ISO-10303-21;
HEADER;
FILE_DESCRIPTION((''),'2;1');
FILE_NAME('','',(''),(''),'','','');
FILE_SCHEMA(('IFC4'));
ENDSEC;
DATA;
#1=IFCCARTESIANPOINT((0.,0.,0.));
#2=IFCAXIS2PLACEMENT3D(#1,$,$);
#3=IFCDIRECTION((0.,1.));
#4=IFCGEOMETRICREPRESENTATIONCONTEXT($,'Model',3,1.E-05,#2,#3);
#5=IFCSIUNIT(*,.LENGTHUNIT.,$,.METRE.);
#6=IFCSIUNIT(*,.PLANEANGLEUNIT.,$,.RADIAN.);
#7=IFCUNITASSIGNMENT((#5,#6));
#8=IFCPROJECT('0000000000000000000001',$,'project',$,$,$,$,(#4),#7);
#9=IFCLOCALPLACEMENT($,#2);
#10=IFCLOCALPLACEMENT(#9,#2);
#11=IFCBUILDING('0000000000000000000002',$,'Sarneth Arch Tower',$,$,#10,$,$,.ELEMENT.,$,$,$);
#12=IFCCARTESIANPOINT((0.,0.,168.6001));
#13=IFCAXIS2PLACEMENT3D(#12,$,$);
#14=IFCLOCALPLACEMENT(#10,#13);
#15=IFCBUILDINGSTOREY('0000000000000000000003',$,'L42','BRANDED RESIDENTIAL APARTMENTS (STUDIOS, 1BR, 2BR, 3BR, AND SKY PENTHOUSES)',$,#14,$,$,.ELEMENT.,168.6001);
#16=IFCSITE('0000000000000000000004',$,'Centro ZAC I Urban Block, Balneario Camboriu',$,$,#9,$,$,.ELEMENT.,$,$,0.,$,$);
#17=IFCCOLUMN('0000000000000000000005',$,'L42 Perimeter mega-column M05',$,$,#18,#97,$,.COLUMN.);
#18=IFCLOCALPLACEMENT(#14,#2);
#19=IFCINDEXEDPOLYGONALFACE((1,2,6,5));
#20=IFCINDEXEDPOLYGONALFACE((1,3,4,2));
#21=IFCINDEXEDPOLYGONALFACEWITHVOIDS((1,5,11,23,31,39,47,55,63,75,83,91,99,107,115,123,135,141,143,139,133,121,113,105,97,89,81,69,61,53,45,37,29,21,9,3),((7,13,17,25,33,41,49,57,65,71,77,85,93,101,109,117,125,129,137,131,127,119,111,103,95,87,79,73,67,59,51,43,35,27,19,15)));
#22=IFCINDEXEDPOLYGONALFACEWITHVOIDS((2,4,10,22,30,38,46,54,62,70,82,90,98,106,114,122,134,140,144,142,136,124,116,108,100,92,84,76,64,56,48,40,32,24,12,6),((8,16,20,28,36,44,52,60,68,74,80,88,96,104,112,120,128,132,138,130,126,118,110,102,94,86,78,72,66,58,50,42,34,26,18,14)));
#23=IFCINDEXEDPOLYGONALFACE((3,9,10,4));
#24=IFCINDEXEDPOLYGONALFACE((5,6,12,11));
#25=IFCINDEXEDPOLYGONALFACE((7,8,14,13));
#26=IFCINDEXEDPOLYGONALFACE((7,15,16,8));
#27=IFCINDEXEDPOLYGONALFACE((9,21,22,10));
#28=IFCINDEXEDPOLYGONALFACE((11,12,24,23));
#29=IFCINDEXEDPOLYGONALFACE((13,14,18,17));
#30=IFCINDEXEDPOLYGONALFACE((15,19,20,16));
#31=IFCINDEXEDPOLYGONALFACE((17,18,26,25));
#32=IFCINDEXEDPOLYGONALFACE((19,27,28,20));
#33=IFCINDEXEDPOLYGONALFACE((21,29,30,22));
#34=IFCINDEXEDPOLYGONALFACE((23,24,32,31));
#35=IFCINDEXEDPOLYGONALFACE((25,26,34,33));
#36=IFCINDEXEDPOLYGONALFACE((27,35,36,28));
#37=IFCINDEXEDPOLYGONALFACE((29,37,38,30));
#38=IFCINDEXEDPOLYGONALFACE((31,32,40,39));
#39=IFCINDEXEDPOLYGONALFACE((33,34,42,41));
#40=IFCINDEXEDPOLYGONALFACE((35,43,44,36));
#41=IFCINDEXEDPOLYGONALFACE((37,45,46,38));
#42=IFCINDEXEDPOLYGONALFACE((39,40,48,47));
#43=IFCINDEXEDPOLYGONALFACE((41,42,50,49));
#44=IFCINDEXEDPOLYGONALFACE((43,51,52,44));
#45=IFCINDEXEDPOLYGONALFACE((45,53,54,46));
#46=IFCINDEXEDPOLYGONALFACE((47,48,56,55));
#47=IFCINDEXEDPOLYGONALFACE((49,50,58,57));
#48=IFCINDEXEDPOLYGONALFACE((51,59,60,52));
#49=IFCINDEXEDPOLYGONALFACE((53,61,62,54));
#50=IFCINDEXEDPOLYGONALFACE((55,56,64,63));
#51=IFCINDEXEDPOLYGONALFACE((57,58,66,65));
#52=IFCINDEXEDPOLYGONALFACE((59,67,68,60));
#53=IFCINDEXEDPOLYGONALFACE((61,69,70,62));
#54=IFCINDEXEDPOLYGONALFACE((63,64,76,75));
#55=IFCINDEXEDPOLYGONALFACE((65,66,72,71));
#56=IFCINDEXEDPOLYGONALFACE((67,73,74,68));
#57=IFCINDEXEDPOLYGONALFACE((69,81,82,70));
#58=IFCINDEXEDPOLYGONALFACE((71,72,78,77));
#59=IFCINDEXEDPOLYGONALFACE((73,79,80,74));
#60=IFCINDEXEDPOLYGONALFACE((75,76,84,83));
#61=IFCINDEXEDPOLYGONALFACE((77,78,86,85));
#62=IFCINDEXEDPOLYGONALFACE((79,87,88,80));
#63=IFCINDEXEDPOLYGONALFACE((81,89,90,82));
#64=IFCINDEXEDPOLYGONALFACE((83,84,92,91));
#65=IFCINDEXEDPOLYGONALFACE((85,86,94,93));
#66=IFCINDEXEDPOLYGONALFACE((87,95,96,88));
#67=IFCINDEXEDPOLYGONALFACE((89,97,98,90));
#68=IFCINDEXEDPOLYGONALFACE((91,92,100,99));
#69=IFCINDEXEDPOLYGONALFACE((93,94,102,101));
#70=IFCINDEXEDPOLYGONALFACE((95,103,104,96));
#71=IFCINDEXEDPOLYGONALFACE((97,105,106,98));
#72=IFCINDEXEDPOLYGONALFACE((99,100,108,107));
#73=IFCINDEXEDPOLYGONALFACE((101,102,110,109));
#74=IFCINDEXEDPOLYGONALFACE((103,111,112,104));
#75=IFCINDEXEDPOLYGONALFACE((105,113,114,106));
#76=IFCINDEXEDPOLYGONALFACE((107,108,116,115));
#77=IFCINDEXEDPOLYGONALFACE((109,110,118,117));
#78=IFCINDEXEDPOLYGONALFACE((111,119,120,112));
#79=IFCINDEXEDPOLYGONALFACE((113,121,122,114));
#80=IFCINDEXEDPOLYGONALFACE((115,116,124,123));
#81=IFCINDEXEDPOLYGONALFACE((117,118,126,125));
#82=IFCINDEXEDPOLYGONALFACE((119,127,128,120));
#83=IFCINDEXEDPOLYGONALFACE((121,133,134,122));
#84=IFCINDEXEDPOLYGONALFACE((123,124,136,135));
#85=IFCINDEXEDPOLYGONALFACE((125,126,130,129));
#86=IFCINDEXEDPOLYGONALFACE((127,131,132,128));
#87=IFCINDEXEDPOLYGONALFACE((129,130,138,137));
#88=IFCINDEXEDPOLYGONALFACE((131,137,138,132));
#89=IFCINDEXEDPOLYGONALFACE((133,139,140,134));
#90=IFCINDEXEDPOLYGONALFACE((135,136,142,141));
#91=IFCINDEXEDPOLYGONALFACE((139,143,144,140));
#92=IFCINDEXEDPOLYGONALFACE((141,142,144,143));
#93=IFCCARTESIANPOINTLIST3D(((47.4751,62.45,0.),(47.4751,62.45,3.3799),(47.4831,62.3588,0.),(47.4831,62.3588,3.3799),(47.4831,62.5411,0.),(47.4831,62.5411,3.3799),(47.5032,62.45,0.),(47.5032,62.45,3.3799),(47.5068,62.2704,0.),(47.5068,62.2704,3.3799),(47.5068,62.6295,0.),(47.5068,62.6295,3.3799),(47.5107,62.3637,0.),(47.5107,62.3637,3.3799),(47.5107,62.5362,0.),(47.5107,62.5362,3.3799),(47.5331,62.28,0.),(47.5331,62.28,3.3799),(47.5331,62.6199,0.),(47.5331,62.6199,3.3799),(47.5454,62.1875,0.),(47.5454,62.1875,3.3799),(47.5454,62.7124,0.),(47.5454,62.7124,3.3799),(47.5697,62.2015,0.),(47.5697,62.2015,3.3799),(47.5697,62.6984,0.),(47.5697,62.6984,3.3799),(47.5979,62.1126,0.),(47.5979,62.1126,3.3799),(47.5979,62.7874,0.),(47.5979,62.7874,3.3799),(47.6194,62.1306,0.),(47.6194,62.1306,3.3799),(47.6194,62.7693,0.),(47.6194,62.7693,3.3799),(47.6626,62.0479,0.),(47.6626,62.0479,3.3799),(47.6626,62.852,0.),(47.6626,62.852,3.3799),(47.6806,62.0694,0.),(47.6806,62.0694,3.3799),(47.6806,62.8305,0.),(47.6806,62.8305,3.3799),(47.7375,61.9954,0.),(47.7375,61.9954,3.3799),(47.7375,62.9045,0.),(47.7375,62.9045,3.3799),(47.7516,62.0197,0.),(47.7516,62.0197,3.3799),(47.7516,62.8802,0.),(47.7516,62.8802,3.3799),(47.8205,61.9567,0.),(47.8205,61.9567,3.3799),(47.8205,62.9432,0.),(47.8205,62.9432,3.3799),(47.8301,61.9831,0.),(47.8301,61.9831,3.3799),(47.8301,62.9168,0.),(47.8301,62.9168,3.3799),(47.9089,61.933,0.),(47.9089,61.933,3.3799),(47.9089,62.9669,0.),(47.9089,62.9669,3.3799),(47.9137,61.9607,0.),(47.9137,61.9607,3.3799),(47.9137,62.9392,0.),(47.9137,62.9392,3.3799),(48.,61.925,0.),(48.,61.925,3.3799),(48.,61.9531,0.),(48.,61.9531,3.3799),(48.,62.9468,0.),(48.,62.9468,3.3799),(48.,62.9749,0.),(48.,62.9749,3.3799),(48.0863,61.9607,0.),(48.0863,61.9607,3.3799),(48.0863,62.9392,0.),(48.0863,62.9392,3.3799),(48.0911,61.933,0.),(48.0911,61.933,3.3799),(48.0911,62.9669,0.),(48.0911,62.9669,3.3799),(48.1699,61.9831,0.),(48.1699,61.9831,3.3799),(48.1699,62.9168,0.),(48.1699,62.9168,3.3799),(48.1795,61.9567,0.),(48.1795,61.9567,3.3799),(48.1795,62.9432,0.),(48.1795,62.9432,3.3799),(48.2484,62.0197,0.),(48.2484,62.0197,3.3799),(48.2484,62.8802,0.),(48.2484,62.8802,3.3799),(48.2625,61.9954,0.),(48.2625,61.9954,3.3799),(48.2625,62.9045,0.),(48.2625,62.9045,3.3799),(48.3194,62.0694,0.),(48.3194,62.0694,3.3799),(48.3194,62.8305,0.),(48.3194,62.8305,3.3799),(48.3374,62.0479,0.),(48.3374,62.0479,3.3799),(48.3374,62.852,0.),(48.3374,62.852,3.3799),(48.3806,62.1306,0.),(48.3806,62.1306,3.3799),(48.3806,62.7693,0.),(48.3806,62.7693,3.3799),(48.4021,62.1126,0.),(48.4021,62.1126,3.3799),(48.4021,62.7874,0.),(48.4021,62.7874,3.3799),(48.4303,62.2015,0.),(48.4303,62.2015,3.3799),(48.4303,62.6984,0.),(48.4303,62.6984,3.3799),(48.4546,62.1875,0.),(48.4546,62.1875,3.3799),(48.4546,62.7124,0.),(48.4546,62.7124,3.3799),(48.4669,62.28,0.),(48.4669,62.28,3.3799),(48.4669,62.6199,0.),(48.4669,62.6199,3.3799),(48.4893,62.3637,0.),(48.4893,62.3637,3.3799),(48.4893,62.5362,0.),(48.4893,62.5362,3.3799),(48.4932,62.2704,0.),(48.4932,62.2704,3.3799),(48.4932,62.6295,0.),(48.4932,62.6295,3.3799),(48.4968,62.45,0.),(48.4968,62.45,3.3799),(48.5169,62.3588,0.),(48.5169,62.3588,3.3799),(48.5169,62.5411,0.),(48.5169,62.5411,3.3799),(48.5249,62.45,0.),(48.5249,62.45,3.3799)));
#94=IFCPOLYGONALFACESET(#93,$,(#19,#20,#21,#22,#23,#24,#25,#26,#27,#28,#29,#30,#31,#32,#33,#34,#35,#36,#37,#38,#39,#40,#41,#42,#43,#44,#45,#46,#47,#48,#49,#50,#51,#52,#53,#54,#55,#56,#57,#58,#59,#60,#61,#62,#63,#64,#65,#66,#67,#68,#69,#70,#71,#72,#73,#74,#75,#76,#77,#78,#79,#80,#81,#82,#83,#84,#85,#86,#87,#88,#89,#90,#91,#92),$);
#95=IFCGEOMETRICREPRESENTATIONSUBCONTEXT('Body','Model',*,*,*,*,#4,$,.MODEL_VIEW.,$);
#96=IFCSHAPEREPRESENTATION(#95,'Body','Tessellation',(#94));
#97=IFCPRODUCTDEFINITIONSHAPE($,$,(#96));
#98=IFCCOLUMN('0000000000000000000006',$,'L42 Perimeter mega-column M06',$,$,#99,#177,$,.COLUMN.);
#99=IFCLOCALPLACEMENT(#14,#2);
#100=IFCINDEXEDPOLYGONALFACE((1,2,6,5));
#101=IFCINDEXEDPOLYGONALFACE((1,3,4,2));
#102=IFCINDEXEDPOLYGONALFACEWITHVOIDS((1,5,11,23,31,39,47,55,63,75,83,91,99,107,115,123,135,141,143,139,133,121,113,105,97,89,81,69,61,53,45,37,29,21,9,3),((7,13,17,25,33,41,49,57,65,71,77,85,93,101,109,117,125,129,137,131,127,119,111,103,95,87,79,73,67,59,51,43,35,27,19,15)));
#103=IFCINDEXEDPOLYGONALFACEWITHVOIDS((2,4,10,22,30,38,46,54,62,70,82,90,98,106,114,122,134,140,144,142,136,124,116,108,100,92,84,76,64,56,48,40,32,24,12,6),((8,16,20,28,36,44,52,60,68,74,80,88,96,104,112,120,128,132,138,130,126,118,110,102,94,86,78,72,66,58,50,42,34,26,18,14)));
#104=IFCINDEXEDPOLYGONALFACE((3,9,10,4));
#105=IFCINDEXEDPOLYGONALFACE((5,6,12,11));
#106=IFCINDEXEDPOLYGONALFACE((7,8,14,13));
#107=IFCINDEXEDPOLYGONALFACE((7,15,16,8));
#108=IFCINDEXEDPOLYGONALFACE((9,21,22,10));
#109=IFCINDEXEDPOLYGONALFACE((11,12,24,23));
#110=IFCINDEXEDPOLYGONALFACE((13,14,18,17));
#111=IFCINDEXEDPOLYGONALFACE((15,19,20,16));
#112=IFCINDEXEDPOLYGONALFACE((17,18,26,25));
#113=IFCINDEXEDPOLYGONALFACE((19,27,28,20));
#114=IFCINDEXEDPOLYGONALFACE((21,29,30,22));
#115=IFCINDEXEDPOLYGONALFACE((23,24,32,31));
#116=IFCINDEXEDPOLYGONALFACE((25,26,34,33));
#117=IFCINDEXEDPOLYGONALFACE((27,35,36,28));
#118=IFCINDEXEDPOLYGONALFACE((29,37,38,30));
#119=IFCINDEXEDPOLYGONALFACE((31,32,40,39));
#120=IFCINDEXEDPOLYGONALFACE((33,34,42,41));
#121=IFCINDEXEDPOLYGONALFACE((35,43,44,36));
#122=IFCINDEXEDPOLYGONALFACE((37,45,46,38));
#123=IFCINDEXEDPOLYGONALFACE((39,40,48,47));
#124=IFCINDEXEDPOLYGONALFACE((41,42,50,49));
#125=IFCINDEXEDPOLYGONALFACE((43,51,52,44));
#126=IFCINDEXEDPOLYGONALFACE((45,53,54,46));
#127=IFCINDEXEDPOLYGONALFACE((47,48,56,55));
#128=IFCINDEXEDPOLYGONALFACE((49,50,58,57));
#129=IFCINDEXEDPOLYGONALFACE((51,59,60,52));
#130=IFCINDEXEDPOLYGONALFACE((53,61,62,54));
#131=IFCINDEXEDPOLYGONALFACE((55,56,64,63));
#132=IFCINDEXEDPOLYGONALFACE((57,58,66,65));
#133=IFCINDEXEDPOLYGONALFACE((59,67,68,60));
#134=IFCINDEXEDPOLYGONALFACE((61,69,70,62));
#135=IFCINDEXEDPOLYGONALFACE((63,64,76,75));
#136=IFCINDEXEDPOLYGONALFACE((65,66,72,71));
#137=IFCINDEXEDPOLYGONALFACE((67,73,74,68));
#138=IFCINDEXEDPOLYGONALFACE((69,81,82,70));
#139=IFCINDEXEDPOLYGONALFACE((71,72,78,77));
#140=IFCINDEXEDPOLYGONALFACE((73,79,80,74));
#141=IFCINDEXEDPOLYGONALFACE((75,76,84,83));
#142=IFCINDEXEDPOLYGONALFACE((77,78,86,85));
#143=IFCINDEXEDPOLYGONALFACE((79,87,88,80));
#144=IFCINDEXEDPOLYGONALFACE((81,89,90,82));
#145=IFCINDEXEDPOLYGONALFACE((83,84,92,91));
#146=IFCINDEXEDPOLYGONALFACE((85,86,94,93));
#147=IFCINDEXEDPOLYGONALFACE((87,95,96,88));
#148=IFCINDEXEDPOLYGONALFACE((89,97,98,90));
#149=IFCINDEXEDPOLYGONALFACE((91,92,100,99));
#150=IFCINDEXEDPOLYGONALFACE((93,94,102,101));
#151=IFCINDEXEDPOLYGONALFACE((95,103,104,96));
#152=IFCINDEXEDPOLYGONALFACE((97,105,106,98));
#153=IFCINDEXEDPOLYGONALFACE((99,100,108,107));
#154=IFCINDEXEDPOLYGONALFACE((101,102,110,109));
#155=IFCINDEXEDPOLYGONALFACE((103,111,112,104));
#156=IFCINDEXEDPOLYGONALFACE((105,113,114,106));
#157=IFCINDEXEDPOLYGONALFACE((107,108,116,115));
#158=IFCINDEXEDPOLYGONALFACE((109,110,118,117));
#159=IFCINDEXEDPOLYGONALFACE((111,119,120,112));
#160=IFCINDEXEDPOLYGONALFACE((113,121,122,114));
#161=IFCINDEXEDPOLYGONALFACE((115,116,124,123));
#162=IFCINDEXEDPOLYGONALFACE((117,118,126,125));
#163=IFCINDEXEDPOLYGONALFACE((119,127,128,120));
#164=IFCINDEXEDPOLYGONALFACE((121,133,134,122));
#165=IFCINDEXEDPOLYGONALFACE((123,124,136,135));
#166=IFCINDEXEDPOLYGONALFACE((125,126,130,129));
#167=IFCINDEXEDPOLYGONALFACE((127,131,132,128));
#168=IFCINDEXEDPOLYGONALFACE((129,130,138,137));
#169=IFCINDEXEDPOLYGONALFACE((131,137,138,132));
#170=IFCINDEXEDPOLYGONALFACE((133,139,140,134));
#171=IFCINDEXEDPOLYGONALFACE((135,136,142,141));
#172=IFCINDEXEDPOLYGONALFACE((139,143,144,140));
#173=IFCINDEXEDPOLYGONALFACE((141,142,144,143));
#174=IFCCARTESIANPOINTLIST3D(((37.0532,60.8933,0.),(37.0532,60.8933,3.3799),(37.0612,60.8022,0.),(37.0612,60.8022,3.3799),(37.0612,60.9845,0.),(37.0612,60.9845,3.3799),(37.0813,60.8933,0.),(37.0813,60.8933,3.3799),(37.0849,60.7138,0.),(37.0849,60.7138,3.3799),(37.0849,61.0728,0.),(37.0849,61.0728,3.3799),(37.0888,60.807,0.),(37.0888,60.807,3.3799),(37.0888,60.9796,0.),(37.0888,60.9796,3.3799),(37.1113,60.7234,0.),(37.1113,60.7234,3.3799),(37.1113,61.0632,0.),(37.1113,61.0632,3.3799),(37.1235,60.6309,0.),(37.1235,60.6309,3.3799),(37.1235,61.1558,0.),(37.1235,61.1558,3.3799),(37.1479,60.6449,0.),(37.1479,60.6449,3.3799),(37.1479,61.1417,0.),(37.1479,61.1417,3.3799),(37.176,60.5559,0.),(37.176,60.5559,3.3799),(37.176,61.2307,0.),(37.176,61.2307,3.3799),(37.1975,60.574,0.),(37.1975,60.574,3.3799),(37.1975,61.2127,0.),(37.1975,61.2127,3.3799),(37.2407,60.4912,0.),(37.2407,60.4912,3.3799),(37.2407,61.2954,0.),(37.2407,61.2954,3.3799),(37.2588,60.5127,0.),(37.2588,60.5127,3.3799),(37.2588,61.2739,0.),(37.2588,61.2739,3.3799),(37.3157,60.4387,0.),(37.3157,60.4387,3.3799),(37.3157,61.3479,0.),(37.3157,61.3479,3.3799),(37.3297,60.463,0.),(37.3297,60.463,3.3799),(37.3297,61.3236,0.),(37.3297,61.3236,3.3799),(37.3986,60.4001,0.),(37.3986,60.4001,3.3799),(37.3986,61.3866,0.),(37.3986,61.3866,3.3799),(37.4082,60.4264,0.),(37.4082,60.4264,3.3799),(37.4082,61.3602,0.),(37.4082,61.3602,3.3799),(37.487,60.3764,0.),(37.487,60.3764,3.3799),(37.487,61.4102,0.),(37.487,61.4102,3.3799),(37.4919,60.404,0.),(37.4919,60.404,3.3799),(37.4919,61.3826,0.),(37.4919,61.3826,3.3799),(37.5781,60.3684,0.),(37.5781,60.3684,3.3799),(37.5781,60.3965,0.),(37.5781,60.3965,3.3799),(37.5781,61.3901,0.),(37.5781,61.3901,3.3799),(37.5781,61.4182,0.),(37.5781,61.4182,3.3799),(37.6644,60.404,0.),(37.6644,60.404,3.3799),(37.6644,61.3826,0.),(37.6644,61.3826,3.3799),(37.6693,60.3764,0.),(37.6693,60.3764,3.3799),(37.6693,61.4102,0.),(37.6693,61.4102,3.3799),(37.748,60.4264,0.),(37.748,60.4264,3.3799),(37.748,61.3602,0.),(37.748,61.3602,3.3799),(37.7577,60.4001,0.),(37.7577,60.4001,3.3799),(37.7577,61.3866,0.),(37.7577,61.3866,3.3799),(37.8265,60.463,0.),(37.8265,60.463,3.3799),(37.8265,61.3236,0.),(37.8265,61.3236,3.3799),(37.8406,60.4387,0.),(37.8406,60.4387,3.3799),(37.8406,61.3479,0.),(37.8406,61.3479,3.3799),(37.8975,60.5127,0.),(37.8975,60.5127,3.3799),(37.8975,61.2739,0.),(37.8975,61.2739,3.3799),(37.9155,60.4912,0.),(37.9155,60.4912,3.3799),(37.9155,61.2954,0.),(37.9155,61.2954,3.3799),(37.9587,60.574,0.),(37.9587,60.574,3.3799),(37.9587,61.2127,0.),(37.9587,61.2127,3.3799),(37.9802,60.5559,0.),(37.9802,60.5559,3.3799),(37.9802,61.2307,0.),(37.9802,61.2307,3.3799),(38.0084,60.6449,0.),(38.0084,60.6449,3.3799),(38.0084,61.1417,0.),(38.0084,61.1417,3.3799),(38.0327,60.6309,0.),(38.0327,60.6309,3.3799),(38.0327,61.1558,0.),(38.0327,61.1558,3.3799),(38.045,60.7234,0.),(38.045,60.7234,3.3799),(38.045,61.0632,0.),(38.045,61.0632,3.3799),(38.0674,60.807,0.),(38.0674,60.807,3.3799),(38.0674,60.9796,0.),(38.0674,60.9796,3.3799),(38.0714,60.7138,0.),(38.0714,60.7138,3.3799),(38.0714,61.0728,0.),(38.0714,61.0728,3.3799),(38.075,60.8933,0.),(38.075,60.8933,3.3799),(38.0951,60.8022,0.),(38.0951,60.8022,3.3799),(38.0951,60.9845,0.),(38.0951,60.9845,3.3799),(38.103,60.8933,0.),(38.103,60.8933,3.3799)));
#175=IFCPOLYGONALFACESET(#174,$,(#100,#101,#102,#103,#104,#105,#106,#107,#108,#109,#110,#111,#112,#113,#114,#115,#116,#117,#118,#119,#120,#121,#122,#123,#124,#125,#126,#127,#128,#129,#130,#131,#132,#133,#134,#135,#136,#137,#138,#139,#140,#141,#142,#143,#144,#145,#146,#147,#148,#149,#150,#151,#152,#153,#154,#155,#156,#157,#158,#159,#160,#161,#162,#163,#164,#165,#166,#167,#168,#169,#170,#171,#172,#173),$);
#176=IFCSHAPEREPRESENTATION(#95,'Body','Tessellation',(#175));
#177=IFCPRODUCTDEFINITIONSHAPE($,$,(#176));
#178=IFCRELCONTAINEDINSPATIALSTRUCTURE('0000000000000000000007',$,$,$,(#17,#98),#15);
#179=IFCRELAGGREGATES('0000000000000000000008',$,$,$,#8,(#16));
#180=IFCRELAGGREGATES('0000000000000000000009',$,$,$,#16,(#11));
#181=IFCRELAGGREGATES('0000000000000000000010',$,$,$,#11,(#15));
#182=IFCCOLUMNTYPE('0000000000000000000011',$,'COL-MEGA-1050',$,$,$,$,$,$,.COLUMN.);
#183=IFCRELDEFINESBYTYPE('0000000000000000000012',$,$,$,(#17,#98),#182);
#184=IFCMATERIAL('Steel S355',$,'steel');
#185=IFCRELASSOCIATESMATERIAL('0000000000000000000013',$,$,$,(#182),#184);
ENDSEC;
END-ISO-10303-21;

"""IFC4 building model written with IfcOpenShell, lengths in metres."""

from ifc_helpers import new_model, si_unit, direction, frame, origin, origin_2d, place, context, subcontext, project, spatial, hollow_circle, extrude, material, material_profile, profile_set, type_object, element, save


model = new_model("IFC4")

# Units and contexts
model_context = context("Model", 3, precision=1e-05, world=origin(), true_north=direction((0.0, 1.0)))
body_context = subcontext(model_context, "Body", "Model", "MODEL_VIEW")
ifc_project = project(units=[si_unit("LENGTHUNIT", "METRE"), si_unit("PLANEANGLEUNIT", "RADIAN")], contexts=[model_context])

# Site, building, storey
site_placement = place(None, origin())
site = spatial("IfcSite", under=ifc_project, at=site_placement, Name="Centro ZAC I Urban Block, Balneario Camboriu", CompositionType="ELEMENT", RefElevation=0.0)
building_placement = place(site_placement, origin())
building = spatial("IfcBuilding", under=site, at=building_placement, Name="Sarneth Arch Tower", CompositionType="ELEMENT")
storey_placement = place(building_placement, frame((0.0, 0.0, 168.6001)))
storey = spatial("IfcBuildingStorey", under=building, at=storey_placement, Name="L42", Description="BRANDED RESIDENTIAL APARTMENTS (STUDIOS, 1BR, 2BR, 3BR, AND SKY PENTHOUSES)", CompositionType="ELEMENT", Elevation=168.6001)

# Columns
ifc_material_1 = material(Name="Steel S355", Category="steel")
ifc_material_profile_1 = material_profile(ifc_material_1, hollow_circle(Radius=0.5249, WallThickness=0.0281, at=origin_2d()), Name="CHS1050x28")
ifc_profile_set_1 = profile_set([ifc_material_profile_1], Name="Steel S355")
column_type = type_object("IfcColumnType", Name="COL-MEGA-1050", PredefinedType="COLUMN", material=ifc_profile_set_1)
for number, where, z_axis, x_axis, name in (
    (1, (48.0, 62.45, 0.0), (0.0, 0.0, 1.0), (1.0, 0.0, 0.0), "L42 Perimeter mega-column M05"),
    (2, (37.5781, 60.8933, 0.0), (0.0, 0.0, 1.0), (1.0, 0.0, 0.0), "L42 Perimeter mega-column M06"),
):
    element("IfcColumn", number, at=place(storey_placement, frame(where, z_axis=z_axis, x_axis=x_axis)), inside=storey, type_object=column_type, Name=name, PredefinedType="COLUMN", context=body_context, shape_type="SweptSolid", body=[
        extrude(hollow_circle(Radius=0.5249, WallThickness=0.0281, at=origin_2d()), origin(), (0.0, 0.0, 1.0), 3.3799),
    ])

save(model, "model.ifc")
